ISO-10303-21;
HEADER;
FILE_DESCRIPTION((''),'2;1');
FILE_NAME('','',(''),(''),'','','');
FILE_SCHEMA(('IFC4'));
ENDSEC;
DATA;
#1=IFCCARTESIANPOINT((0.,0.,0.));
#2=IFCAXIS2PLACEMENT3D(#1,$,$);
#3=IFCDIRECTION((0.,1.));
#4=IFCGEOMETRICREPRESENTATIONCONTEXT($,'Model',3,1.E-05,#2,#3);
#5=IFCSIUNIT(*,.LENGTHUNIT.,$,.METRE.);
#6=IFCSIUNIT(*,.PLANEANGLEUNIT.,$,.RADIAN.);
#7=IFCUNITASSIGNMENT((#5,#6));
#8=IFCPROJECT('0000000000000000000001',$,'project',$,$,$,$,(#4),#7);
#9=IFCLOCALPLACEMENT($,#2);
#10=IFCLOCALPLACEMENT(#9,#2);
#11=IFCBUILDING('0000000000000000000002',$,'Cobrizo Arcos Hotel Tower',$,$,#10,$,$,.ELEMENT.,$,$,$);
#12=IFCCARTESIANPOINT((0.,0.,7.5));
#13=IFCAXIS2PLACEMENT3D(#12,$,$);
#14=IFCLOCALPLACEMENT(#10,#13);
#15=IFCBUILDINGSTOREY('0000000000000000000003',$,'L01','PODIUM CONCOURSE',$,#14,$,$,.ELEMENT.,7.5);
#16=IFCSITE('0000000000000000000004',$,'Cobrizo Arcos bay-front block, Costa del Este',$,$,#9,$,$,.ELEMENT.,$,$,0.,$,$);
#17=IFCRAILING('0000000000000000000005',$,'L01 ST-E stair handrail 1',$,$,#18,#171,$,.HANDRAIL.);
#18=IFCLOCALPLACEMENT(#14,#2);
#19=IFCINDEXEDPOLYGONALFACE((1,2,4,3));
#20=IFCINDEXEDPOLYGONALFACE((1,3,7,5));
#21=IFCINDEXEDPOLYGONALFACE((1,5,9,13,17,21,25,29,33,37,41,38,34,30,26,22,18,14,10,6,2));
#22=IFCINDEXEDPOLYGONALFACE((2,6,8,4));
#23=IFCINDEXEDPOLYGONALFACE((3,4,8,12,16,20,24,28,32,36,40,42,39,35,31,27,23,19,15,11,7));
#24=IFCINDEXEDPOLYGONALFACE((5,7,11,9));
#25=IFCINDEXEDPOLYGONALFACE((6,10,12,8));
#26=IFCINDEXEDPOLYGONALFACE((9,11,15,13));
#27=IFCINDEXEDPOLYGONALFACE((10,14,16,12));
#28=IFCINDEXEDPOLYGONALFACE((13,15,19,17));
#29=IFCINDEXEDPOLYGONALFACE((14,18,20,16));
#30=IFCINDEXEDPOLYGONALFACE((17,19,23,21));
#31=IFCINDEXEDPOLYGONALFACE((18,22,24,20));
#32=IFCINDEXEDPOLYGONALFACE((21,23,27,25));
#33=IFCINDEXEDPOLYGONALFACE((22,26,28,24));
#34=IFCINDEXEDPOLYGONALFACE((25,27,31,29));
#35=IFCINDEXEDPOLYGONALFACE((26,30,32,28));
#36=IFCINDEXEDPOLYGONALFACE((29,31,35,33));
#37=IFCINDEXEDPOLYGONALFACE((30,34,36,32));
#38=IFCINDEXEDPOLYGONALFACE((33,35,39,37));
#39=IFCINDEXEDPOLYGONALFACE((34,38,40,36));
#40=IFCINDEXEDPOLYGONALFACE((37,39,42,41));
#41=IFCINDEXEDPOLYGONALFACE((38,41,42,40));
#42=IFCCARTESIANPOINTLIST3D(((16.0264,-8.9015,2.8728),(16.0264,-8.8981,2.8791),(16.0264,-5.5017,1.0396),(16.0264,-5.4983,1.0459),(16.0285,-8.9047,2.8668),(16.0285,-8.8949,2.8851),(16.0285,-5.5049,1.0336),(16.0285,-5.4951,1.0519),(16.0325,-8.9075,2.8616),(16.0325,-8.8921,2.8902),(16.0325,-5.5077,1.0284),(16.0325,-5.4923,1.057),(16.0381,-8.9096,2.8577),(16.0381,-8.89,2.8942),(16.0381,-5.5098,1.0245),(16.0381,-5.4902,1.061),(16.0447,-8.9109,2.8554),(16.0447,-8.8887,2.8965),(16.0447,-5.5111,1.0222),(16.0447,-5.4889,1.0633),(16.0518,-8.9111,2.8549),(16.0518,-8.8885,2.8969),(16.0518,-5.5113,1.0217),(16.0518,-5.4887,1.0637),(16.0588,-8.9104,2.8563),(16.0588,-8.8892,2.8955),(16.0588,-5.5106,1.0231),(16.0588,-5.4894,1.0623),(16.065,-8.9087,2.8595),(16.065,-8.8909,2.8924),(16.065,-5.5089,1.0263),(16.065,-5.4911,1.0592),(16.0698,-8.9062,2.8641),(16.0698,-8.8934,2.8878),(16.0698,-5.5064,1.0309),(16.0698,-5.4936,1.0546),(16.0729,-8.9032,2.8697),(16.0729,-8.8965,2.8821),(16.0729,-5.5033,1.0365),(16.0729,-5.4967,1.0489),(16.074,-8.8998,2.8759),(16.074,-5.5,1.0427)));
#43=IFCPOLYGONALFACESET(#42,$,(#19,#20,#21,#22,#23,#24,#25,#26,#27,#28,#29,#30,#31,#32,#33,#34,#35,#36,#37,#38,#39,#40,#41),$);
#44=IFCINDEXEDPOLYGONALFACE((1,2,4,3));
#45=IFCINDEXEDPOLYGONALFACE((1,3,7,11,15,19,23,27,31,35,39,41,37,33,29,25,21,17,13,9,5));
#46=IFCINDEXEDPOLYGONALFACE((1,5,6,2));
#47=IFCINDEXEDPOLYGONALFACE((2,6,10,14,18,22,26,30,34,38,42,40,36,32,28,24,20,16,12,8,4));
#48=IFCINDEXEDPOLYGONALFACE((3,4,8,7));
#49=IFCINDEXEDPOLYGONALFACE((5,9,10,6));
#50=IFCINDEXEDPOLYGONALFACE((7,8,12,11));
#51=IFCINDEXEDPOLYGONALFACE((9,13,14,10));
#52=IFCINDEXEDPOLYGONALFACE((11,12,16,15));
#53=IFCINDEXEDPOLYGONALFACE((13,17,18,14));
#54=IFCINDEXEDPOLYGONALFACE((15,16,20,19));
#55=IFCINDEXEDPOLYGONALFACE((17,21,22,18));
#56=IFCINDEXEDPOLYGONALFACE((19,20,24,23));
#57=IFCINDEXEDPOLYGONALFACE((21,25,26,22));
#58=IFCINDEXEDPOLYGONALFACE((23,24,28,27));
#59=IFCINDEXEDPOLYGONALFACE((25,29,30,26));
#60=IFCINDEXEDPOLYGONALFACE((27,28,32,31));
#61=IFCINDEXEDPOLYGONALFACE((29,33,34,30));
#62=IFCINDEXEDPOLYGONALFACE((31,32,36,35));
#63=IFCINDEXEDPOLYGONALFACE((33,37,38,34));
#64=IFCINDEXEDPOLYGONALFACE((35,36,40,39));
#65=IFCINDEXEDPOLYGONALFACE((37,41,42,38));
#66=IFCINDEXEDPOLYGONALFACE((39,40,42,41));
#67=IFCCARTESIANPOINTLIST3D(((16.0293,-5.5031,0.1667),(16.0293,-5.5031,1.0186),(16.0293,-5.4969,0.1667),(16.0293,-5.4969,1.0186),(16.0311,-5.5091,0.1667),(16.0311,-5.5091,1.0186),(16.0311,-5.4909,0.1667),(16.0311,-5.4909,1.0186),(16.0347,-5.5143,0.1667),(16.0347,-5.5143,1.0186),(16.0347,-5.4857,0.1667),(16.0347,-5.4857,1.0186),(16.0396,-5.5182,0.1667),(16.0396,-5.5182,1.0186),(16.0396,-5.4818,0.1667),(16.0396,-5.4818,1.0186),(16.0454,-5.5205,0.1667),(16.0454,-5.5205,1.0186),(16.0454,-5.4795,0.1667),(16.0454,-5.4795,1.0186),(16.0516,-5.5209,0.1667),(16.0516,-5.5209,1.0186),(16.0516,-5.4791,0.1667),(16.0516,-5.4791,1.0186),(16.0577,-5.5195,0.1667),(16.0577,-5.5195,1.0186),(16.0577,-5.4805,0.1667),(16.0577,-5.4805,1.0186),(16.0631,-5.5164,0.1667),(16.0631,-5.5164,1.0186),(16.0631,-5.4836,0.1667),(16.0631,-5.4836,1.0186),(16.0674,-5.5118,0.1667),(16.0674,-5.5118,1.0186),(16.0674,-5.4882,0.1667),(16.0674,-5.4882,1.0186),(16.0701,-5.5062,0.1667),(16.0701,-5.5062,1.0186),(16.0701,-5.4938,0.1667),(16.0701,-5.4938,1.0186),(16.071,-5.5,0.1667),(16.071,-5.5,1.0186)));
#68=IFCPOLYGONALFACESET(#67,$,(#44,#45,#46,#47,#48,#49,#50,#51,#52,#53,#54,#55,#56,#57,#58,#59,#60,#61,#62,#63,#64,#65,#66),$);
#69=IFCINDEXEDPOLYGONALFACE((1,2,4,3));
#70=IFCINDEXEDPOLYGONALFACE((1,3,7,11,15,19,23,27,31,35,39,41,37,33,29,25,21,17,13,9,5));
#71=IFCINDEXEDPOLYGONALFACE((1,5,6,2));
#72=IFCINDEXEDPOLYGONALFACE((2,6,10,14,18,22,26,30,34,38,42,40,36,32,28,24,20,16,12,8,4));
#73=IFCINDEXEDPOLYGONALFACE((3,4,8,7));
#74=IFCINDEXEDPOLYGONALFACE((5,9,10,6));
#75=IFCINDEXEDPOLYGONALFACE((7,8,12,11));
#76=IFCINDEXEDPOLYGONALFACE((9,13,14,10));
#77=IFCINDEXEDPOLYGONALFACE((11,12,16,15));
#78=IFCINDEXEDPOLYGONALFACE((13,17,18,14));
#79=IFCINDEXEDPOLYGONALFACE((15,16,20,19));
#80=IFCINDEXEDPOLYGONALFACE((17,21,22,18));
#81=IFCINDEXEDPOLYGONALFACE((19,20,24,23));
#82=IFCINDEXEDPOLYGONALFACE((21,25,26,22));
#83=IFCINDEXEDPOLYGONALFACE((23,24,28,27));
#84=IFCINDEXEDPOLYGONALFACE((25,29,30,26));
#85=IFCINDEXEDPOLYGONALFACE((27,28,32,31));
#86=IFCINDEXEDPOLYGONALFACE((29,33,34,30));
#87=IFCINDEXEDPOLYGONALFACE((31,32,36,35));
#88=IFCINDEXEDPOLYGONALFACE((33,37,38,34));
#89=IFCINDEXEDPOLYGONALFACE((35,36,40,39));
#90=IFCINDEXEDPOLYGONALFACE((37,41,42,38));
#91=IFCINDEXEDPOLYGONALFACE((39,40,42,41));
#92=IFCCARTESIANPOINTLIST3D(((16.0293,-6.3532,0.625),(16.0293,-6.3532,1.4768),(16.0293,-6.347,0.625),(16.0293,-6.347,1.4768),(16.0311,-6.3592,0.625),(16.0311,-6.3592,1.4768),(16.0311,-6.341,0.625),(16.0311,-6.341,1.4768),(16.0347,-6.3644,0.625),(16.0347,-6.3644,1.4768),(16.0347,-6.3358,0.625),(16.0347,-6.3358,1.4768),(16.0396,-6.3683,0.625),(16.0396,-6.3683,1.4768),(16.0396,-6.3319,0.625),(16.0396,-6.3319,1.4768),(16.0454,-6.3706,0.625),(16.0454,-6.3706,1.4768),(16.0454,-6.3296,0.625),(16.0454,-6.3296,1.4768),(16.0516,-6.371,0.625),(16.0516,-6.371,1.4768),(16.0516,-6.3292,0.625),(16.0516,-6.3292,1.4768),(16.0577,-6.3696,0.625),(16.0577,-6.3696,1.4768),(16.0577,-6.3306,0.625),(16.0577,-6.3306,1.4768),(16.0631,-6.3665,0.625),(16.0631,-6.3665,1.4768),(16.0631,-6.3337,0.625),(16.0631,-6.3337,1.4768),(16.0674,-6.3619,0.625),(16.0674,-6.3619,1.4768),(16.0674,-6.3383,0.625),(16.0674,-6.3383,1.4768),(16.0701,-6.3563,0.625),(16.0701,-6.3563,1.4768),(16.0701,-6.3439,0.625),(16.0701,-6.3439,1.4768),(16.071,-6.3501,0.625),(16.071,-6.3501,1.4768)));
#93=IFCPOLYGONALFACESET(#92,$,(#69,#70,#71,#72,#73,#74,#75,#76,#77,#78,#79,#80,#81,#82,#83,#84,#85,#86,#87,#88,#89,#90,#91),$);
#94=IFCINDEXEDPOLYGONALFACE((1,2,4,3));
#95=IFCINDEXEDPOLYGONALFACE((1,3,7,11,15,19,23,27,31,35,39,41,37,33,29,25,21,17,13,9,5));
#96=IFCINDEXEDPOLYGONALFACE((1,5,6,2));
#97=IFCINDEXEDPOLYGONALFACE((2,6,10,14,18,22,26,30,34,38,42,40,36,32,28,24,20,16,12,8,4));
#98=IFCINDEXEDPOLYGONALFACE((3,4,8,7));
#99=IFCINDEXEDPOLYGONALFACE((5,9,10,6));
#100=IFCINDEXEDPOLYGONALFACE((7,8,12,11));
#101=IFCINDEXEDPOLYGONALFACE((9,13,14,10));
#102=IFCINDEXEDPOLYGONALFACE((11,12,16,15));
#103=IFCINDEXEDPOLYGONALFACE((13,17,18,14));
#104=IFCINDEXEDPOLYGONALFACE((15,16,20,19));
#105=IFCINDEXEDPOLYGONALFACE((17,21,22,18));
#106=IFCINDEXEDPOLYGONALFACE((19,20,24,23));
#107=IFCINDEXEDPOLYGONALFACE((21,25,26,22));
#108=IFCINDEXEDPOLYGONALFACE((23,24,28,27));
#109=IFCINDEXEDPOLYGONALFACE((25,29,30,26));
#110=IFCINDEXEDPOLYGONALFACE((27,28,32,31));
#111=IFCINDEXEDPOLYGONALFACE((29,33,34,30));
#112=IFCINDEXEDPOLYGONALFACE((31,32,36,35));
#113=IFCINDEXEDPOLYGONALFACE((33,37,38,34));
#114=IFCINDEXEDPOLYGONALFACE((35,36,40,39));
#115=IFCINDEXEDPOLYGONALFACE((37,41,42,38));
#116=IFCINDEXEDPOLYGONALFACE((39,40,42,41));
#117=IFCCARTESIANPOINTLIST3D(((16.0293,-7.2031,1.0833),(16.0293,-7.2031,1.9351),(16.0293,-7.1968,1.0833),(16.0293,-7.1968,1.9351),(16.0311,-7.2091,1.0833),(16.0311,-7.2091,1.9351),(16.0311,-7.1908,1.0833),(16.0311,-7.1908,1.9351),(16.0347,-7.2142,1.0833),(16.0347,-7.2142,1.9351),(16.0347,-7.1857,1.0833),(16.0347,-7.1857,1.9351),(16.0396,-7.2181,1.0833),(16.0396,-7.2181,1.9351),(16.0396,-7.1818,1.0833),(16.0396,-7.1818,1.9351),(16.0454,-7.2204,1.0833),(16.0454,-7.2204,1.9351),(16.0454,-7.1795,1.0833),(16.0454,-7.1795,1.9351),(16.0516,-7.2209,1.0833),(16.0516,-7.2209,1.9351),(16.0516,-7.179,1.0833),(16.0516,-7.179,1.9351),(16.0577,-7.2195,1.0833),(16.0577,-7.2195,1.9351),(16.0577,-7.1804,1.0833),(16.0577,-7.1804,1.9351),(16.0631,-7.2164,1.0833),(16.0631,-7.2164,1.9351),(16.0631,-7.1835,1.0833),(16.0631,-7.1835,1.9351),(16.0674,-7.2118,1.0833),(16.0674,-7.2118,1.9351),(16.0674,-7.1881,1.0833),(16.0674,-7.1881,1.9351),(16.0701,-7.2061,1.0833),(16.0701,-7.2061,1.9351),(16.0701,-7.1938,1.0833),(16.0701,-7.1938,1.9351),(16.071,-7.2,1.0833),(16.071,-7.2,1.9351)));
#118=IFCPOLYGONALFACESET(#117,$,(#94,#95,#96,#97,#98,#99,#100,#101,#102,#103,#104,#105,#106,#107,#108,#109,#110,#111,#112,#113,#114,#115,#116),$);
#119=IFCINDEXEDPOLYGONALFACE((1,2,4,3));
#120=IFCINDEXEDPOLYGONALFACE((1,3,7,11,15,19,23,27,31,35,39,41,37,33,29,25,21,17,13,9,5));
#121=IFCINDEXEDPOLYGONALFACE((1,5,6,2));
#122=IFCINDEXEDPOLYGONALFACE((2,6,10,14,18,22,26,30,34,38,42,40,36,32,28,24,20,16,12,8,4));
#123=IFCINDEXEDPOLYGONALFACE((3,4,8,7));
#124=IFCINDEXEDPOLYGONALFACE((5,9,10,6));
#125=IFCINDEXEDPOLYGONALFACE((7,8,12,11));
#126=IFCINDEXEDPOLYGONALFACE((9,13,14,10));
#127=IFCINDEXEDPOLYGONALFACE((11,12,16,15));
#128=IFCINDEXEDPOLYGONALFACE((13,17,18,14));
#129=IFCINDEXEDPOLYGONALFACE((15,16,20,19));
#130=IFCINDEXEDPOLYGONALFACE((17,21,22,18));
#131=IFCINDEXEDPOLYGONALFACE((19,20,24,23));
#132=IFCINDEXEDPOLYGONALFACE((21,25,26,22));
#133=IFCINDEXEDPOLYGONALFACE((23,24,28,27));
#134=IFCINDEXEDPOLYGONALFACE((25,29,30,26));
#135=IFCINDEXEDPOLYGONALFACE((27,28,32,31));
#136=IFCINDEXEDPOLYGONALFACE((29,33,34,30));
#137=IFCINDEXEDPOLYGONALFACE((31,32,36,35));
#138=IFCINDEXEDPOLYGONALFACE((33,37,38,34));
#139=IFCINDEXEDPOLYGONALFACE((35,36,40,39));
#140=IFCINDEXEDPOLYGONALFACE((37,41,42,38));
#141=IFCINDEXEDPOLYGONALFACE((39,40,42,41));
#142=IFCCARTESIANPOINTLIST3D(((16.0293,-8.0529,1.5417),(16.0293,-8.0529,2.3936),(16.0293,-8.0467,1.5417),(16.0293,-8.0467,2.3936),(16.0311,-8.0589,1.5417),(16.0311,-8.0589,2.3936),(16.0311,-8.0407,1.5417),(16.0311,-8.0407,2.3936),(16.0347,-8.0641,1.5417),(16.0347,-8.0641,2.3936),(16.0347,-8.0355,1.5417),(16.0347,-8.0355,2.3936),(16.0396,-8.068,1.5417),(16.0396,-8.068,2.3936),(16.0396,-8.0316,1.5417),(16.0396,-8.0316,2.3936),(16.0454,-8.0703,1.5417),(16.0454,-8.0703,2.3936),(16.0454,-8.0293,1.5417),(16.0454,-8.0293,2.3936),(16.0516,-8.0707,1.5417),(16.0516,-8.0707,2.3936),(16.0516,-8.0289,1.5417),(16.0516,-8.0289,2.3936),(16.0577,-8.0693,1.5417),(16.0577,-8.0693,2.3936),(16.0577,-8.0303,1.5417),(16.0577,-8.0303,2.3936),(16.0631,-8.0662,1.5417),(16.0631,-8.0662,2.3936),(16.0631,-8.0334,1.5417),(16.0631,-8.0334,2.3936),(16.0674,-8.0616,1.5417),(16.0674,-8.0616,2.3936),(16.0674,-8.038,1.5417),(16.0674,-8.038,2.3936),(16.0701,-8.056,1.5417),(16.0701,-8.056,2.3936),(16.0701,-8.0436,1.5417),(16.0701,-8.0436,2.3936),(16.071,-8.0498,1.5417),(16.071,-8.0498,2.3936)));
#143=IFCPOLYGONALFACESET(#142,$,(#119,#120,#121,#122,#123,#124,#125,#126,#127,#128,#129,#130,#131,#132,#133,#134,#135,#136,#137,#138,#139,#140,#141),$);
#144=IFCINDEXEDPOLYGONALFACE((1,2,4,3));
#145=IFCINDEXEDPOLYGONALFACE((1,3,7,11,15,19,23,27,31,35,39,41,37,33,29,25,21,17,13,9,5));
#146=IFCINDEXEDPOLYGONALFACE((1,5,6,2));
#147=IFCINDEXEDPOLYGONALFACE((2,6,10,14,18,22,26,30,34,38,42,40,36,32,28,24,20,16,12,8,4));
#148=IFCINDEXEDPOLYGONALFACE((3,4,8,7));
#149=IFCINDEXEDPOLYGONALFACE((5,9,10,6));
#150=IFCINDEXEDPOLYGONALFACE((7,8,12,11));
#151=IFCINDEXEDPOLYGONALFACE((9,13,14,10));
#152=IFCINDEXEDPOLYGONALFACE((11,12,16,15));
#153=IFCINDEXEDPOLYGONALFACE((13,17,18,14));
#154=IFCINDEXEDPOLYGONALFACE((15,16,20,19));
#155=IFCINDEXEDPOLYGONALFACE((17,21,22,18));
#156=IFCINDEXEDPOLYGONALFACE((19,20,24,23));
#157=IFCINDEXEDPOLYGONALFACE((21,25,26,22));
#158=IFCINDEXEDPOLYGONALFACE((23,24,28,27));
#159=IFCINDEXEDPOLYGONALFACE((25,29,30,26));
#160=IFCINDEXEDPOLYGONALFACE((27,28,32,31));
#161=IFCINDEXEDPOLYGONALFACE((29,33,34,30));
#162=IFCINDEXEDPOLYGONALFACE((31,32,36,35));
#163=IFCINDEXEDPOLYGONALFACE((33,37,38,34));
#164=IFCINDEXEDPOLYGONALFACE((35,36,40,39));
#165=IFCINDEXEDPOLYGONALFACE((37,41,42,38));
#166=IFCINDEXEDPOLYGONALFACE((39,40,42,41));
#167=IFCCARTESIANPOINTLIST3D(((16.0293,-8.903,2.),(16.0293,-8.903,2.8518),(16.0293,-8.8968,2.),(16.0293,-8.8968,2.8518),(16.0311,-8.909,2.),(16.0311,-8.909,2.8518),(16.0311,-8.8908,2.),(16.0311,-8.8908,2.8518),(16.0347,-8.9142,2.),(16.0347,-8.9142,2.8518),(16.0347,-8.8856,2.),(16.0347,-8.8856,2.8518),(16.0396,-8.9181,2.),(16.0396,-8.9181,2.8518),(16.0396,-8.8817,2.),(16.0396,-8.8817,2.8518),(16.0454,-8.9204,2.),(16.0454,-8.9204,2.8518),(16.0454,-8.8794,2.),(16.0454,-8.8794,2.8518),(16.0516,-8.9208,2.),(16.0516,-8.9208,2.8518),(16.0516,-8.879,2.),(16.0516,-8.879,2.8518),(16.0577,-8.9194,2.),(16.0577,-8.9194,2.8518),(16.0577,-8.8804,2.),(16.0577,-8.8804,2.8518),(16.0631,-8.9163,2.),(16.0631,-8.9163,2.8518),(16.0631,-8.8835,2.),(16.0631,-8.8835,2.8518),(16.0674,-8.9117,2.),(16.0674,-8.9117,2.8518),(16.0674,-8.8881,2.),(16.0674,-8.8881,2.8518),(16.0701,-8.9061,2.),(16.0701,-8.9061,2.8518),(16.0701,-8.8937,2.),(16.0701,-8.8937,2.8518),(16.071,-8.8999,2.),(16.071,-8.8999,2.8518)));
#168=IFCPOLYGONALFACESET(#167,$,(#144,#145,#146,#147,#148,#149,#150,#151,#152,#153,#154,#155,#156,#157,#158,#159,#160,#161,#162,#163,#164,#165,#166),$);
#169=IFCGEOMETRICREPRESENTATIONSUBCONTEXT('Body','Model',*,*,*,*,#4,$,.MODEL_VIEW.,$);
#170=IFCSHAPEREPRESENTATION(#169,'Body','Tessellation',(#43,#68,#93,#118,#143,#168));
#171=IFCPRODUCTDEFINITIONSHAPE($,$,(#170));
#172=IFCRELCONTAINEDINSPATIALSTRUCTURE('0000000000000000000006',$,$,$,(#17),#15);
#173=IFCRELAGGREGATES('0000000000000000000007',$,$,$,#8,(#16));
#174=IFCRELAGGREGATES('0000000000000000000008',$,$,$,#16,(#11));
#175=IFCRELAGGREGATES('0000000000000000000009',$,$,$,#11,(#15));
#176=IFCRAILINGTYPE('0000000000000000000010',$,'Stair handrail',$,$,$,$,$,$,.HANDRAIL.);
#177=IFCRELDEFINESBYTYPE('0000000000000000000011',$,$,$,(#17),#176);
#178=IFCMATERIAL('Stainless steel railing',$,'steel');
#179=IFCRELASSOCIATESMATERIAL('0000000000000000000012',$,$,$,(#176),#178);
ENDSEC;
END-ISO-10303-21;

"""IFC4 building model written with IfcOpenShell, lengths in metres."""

from ifc_helpers import new_model, si_unit, direction, frame, origin, origin_2d, place, context, subcontext, project, spatial, circle, extrude, material, type_object, element, save


model = new_model("IFC4")

# Units and contexts
model_context = context("Model", 3, precision=1e-05, world=origin(), true_north=direction((0.0, 1.0)))
body_context = subcontext(model_context, "Body", "Model", "MODEL_VIEW")
ifc_project = project(units=[si_unit("LENGTHUNIT", "METRE"), si_unit("PLANEANGLEUNIT", "RADIAN")], contexts=[model_context])

# Site, building, storey
site_placement = place(None, origin())
site = spatial("IfcSite", under=ifc_project, at=site_placement, Name="Cobrizo Arcos bay-front block, Costa del Este", CompositionType="ELEMENT", RefElevation=0.0)
building_placement = place(site_placement, origin())
building = spatial("IfcBuilding", under=site, at=building_placement, Name="Cobrizo Arcos Hotel Tower", CompositionType="ELEMENT")
storey_placement = place(building_placement, frame((0.0, 0.0, 7.5)))
storey = spatial("IfcBuildingStorey", under=building, at=storey_placement, Name="L01", Description="PODIUM CONCOURSE", CompositionType="ELEMENT", Elevation=7.5)

# Railing
ifc_material_1 = material(Name="Stainless steel railing", Category="steel")
railing_type_1 = type_object("IfcRailingType", Name="Stair handrail", PredefinedType="HANDRAIL", material=ifc_material_1)
for number, where, name in (
    (1, (16.05, -5.5, 0.1667), "L01 ST-E stair handrail 1"),
):
    element("IfcRailing", number, at=place(storey_placement, frame(where)), inside=storey, type_object=railing_type_1, Name=name, PredefinedType="HANDRAIL", context=body_context, shape_type="SweptSolid", body=[
        extrude(circle(Radius=0.0239, at=origin_2d()), frame((0.0, 0.0, 0.876), z_axis=(0.0, -0.880197, 0.474609), x_axis=(1.0, 0.0, 0.0)), (0.0, 0.0, 1.0), 3.8625),
        extrude(circle(Radius=0.021, at=origin_2d()), origin(), (0.0, 0.0, 1.0), 0.8518),
        extrude(circle(Radius=0.021, at=origin_2d()), frame((0.0, -0.8501, 0.4583)), (0.0, 0.0, 1.0), 0.8518),
        extrude(circle(Radius=0.021, at=origin_2d()), frame((0.0, -1.7, 0.9165)), (0.0, 0.0, 1.0), 0.8518),
        extrude(circle(Radius=0.021, at=origin_2d()), frame((0.0, -2.5498, 1.375)), (0.0, 0.0, 1.0), 0.8518),
        extrude(circle(Radius=0.021, at=origin_2d()), frame((0.0, -3.3999, 1.8333)), (0.0, 0.0, 1.0), 0.8518),
    ])

save(model, "model.ifc")
